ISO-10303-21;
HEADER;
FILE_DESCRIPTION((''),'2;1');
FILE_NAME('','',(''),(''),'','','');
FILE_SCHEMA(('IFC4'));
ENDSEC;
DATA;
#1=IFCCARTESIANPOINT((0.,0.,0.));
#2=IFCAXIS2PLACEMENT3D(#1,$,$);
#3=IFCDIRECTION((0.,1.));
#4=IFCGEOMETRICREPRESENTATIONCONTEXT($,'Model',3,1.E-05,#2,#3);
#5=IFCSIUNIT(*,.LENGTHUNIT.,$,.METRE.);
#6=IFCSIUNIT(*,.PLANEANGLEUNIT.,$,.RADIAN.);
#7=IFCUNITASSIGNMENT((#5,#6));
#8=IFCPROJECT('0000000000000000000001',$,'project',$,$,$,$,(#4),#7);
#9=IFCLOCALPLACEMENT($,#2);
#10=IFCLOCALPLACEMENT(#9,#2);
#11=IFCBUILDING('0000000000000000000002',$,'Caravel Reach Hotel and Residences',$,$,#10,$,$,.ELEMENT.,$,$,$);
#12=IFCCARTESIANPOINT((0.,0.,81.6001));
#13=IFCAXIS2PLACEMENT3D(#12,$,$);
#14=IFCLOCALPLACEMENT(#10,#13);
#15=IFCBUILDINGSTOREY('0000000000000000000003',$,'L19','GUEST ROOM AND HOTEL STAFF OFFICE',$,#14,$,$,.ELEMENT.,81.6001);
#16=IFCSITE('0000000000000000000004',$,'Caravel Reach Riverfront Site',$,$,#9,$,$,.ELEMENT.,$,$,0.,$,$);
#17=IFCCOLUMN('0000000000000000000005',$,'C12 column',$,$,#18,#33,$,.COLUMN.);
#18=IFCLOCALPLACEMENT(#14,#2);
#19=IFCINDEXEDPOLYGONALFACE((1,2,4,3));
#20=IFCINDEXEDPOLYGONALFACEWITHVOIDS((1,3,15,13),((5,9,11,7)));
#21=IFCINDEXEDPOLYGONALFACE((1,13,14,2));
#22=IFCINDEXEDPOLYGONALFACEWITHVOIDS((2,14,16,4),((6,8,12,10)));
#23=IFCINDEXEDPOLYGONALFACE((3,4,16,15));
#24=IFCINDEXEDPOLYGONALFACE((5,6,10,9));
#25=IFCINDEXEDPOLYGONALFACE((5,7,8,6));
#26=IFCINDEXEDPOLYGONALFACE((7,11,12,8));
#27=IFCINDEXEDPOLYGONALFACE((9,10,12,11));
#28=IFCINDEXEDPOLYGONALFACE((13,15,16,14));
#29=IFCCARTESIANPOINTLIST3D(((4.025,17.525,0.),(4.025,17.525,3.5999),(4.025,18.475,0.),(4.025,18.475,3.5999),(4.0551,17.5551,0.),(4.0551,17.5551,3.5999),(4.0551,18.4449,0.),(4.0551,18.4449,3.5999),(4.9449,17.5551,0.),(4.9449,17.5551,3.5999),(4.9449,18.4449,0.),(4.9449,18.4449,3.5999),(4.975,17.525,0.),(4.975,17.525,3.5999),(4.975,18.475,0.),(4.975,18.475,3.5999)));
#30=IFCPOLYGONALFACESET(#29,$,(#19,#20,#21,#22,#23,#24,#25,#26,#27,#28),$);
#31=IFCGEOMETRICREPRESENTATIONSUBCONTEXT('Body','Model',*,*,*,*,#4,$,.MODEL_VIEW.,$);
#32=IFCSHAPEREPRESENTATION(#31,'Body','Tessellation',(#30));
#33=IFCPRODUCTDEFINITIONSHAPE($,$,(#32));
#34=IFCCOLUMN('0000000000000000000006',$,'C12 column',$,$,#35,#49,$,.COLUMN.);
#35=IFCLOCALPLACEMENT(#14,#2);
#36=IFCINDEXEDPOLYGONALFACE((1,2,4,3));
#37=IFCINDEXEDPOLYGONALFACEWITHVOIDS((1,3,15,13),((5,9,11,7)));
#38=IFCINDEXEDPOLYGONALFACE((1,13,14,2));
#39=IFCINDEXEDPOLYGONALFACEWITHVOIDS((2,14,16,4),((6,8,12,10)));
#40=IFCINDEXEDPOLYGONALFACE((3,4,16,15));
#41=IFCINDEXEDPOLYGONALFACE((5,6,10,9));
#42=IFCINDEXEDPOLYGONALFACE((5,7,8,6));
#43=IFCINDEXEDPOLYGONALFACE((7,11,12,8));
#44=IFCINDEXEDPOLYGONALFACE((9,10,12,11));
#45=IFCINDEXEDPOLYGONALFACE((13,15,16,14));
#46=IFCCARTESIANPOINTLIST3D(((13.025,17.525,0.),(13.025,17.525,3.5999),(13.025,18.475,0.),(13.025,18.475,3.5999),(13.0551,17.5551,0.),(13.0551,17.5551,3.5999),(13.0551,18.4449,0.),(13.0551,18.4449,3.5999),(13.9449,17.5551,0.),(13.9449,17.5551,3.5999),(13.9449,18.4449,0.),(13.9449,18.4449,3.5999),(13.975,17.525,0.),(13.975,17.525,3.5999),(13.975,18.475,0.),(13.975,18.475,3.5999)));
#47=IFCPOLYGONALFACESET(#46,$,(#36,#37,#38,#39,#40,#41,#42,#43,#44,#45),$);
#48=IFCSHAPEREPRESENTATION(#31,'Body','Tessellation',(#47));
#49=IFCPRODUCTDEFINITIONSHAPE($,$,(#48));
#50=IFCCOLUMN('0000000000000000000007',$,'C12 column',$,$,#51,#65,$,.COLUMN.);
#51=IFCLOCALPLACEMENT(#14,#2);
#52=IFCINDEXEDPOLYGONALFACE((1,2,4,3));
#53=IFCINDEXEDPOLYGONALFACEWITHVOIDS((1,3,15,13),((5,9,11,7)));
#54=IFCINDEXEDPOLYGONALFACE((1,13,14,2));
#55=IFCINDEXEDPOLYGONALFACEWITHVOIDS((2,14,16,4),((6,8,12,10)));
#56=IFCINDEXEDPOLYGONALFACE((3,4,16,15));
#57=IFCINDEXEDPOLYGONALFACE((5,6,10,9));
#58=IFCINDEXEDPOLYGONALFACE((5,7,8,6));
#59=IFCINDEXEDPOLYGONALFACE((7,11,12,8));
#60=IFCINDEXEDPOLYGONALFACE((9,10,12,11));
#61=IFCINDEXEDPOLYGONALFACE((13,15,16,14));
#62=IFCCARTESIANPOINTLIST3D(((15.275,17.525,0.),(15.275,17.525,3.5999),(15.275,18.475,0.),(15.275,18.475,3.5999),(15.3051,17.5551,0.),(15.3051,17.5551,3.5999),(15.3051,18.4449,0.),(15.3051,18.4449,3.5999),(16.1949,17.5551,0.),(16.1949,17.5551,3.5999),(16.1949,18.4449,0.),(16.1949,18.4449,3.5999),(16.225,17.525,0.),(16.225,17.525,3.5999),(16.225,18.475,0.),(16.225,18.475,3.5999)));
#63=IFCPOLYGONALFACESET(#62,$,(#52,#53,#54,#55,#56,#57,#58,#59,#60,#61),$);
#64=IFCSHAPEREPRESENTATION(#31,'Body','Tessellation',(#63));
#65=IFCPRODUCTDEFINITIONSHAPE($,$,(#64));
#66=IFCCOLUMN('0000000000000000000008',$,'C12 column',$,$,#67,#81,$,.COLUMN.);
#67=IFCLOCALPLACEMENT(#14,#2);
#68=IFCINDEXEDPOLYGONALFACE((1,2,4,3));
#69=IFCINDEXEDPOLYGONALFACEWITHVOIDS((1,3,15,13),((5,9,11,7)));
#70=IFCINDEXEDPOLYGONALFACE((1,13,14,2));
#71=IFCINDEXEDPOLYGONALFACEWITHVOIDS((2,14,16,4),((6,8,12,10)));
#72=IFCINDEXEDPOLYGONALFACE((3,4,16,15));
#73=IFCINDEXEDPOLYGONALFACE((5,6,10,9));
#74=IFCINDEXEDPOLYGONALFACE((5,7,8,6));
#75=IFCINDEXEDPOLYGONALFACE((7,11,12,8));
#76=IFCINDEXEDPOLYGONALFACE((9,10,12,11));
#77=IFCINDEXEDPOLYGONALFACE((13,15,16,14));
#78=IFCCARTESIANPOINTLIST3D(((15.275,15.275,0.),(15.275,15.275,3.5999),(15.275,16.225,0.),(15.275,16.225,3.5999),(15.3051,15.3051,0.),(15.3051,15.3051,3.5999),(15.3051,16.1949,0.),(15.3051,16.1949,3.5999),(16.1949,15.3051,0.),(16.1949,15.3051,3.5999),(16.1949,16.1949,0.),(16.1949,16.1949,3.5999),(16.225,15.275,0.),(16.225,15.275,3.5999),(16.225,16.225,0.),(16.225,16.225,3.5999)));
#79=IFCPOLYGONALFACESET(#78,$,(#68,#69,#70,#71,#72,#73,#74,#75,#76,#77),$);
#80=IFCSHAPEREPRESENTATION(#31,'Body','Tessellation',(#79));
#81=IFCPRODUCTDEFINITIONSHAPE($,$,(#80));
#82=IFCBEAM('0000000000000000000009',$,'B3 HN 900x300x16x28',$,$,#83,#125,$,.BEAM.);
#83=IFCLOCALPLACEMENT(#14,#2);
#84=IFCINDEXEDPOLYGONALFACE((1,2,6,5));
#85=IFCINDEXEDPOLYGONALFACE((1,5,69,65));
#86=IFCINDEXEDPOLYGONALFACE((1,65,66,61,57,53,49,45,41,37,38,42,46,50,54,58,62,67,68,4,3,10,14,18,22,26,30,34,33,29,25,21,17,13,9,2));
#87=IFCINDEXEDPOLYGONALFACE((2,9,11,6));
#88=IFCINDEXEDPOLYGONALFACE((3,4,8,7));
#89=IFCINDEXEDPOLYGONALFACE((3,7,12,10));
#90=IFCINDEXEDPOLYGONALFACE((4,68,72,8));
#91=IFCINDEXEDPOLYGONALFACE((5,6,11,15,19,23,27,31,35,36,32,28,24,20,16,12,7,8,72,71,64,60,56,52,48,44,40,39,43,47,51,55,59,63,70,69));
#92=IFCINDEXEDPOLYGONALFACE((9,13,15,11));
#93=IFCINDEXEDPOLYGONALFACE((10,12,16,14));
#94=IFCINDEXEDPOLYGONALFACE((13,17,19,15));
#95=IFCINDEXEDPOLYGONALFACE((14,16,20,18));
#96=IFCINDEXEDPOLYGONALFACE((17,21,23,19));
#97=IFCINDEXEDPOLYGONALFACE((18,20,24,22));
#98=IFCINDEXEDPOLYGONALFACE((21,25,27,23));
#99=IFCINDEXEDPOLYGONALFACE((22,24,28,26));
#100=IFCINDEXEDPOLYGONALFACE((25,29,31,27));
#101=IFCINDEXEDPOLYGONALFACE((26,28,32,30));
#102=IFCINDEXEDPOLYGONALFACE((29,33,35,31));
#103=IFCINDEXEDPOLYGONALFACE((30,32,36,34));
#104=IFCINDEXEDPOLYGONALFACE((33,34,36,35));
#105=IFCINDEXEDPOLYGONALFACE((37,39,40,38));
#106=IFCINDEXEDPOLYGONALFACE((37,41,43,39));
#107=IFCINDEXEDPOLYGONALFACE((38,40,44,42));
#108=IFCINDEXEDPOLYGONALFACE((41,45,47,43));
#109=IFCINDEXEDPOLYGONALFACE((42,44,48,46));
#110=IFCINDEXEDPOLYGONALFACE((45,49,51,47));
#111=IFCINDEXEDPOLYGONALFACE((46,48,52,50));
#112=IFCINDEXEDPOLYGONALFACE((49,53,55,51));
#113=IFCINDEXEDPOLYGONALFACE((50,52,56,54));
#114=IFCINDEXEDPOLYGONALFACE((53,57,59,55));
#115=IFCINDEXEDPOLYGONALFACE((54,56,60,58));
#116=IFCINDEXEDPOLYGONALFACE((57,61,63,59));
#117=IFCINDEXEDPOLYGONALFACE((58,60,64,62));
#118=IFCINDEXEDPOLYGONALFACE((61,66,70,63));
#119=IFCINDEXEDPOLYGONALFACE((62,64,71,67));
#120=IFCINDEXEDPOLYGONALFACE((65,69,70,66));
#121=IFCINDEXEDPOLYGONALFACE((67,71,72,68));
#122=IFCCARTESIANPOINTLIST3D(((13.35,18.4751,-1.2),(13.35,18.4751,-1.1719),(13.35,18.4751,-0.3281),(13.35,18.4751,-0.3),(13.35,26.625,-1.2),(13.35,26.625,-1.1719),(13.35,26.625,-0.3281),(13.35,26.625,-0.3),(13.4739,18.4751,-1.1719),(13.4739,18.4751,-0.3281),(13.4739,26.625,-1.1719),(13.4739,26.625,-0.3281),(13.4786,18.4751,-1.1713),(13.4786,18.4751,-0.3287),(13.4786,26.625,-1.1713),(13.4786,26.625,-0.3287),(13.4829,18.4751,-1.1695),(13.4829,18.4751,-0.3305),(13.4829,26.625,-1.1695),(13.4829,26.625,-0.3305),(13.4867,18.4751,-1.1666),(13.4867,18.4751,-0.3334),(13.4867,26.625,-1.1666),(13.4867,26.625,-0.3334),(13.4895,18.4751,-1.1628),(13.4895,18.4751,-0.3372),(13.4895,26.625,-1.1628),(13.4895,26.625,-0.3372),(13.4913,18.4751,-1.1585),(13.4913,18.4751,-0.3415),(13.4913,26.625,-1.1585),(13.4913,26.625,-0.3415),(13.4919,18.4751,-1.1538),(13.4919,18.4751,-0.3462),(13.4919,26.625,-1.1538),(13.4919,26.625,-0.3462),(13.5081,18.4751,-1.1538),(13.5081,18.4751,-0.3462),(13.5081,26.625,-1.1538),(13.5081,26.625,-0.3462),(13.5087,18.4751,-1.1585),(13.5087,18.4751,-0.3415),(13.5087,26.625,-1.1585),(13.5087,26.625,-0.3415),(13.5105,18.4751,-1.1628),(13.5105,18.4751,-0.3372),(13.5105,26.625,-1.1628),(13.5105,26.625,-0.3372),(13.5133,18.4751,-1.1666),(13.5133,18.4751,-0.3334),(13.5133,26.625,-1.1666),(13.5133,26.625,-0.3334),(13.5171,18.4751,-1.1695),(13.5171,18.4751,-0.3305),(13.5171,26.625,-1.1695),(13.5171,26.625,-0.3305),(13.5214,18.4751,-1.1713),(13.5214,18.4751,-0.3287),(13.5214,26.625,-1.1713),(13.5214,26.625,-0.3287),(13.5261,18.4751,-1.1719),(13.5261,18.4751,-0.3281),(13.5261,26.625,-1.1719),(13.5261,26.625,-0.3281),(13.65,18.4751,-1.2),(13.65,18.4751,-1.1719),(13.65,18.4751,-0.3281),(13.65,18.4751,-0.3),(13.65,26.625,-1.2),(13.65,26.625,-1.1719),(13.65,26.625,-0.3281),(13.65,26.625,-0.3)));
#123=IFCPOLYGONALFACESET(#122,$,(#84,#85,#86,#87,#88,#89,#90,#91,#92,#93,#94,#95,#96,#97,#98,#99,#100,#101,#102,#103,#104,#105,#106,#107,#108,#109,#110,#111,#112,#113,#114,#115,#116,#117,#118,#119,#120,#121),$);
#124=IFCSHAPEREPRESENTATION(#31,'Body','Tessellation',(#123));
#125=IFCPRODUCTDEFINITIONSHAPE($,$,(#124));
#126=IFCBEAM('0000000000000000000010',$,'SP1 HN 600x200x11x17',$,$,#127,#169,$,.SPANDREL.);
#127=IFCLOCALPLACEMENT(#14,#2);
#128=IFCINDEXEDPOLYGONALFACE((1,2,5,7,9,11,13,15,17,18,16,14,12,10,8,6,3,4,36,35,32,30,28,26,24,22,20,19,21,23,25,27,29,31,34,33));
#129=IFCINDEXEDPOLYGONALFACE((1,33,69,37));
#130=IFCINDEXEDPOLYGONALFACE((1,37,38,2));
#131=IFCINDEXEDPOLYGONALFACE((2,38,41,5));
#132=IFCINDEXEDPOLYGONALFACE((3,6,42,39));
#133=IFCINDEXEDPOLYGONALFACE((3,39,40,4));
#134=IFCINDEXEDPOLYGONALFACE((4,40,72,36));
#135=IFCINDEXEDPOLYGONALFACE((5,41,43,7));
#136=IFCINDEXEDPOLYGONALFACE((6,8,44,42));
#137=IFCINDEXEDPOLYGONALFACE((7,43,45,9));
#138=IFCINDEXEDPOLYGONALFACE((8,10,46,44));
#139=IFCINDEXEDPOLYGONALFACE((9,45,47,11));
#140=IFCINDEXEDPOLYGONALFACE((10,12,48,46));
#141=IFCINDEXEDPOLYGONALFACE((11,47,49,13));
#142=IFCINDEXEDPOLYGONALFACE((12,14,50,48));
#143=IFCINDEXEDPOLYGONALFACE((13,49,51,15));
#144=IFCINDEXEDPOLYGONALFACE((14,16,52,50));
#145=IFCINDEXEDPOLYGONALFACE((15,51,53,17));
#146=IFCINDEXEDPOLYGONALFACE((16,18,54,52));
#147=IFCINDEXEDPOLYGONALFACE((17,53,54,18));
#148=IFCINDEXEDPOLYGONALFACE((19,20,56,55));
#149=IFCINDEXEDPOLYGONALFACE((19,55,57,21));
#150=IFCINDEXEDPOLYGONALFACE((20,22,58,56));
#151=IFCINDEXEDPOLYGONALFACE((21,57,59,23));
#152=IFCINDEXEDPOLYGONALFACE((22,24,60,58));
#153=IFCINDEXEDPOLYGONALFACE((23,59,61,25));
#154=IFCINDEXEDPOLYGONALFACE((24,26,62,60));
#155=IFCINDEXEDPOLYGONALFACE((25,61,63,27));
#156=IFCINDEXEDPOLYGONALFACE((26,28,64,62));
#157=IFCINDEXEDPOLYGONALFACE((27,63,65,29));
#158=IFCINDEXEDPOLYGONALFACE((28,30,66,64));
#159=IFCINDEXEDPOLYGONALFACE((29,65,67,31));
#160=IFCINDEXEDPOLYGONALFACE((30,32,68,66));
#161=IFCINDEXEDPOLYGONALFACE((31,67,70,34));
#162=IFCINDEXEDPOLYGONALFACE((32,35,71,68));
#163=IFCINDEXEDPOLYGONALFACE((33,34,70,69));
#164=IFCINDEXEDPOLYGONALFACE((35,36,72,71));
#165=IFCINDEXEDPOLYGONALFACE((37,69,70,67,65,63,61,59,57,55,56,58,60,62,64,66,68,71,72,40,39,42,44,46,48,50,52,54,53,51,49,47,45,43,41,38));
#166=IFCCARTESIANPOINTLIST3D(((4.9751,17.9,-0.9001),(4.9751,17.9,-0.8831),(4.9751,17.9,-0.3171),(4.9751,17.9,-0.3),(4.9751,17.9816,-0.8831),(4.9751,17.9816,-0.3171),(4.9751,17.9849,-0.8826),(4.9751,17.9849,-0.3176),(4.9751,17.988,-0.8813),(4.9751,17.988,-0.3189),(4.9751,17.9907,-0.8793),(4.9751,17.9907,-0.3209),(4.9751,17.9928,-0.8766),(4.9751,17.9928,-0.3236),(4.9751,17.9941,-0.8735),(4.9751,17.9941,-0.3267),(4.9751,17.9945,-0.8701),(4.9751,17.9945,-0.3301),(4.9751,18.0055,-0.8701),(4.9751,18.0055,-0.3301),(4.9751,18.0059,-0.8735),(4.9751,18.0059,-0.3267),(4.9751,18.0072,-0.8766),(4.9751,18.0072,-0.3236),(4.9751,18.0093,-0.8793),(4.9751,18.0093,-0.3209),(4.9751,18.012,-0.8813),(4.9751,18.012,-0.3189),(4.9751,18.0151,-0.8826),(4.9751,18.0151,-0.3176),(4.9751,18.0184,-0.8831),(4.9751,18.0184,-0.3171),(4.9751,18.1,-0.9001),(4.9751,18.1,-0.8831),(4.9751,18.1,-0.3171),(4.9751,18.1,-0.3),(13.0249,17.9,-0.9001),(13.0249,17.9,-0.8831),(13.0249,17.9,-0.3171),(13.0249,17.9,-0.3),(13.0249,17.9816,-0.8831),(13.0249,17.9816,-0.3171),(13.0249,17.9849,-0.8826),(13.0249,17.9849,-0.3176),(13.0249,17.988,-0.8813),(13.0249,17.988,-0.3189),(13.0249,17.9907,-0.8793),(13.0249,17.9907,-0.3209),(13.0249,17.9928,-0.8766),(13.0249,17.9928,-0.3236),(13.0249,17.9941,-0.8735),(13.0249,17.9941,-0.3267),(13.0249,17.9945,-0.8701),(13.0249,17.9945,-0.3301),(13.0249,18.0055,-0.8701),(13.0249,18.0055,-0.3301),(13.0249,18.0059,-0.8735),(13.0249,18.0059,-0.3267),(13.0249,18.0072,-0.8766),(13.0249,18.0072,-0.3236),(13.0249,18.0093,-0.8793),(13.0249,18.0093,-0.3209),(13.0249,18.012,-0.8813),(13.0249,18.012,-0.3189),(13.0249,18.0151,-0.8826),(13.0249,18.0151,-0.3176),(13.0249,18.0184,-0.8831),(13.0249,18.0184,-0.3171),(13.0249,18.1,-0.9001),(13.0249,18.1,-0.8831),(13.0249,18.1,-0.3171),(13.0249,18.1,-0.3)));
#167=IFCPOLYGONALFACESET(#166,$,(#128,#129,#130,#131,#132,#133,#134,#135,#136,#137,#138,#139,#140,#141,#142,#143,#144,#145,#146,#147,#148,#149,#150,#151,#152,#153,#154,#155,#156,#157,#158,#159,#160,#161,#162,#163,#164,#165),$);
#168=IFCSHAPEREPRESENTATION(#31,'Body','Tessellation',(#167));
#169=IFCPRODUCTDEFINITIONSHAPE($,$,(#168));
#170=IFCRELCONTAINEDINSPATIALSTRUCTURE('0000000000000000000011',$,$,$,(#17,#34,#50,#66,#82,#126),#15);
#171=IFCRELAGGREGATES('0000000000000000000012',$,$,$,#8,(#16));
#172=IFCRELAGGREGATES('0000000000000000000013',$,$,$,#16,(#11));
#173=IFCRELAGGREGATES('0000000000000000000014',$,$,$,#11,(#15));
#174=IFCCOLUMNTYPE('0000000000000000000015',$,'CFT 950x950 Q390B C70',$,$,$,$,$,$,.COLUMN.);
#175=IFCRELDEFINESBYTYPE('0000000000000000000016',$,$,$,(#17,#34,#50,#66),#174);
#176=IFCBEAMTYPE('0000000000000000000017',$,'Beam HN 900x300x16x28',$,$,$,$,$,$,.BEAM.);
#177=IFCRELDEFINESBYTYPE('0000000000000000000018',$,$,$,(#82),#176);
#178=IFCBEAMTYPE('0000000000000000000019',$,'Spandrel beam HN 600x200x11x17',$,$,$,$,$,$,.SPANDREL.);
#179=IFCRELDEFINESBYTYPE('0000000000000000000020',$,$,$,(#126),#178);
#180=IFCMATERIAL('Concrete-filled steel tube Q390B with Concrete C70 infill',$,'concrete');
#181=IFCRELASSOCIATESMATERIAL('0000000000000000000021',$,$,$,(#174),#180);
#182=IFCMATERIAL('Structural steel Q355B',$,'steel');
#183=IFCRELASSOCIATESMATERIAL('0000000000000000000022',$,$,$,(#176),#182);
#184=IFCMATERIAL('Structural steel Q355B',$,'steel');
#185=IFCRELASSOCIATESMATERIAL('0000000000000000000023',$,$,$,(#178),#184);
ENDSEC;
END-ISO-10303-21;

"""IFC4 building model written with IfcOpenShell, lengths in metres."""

from ifc_helpers import new_model, si_unit, direction, frame, origin, origin_2d, place, context, subcontext, project, spatial, hollow_rectangle, i_section, extrude, material, material_profile, profile_set, type_object, element, save


model = new_model("IFC4")

# Units and contexts
model_context = context("Model", 3, precision=1e-05, world=origin(), true_north=direction((0.0, 1.0)))
body_context = subcontext(model_context, "Body", "Model", "MODEL_VIEW")
ifc_project = project(units=[si_unit("LENGTHUNIT", "METRE"), si_unit("PLANEANGLEUNIT", "RADIAN")], contexts=[model_context])

# Site, building, storey
site_placement = place(None, origin())
site = spatial("IfcSite", under=ifc_project, at=site_placement, Name="Caravel Reach Riverfront Site", CompositionType="ELEMENT", RefElevation=0.0)
building_placement = place(site_placement, origin())
building = spatial("IfcBuilding", under=site, at=building_placement, Name="Caravel Reach Hotel and Residences", CompositionType="ELEMENT")
storey_placement = place(building_placement, frame((0.0, 0.0, 81.6001)))
storey = spatial("IfcBuildingStorey", under=building, at=storey_placement, Name="L19", Description="GUEST ROOM AND HOTEL STAFF OFFICE", CompositionType="ELEMENT", Elevation=81.6001)

# Columns
ifc_material_1 = material(Name="Concrete-filled steel tube Q390B with Concrete C70 infill", Category="concrete")
ifc_material_profile_1 = material_profile(ifc_material_1, hollow_rectangle(XDim=0.95, YDim=0.95, WallThickness=0.03, at=origin_2d()), Name="RHS 950x950x30")
ifc_profile_set_1 = profile_set([ifc_material_profile_1], Name="Concrete-filled steel tube Q390B with Concrete C70 infill")
column_type = type_object("IfcColumnType", Name="CFT 950x950 Q390B C70", PredefinedType="COLUMN", material=ifc_profile_set_1)
for number, where, z_axis, x_axis, name in (
    (1, (4.5, 18.0, 0.0), (0.0, 0.0, 1.0), (1.0, 0.0, 0.0), "C12 column"),
    (2, (13.5, 18.0, 0.0), (0.0, 0.0, 1.0), (1.0, 0.0, 0.0), "C12 column"),
    (3, (15.75, 18.0, 0.0), (0.0, 0.0, 1.0), (1.0, 0.0, 0.0), "C12 column"),
    (4, (15.75, 15.75, 0.0), (0.0, 0.0, 1.0), (1.0, 0.0, 0.0), "C12 column"),
):
    element("IfcColumn", number, at=place(storey_placement, frame(where, z_axis=z_axis, x_axis=x_axis)), inside=storey, type_object=column_type, Name=name, PredefinedType="COLUMN", context=body_context, shape_type="SweptSolid", body=[
        extrude(hollow_rectangle(XDim=0.95, YDim=0.95, WallThickness=0.03, at=origin_2d()), origin(), (0.0, 0.0, 1.0), 3.5999),
    ])

# Beams
ifc_material_2 = material(Name="Structural steel Q355B", Category="steel")
ifc_material_profile_2 = material_profile(ifc_material_2, i_section(OverallWidth=0.3, OverallDepth=0.8999, WebThickness=0.0161, FlangeThickness=0.0281, FilletRadius=0.0181, at=origin_2d()), Name="HN 900x300x16x28")
ifc_profile_set_2 = profile_set([ifc_material_profile_2], Name="Structural steel Q355B")
beam_type_1 = type_object("IfcBeamType", Name="Beam HN 900x300x16x28", PredefinedType="BEAM", material=ifc_profile_set_2)
beam_1_placement = place(storey_placement, frame((13.5, 18.4751, -0.75), z_axis=(0.0, 1.0, 0.0), x_axis=(-1.0, 0.0, 0.0)))
element("IfcBeam", 5, at=beam_1_placement, inside=storey, type_object=beam_type_1, Name="B3 HN 900x300x16x28", PredefinedType="BEAM", context=body_context, shape_type="SweptSolid", body=[
    extrude(i_section(OverallWidth=0.3, OverallDepth=0.8999, WebThickness=0.0161, FlangeThickness=0.0281, FilletRadius=0.0181, at=origin_2d()), origin(), (0.0, 0.0, 1.0), 8.1499),
])
ifc_material_3 = material(Name="Structural steel Q355B", Category="steel")
ifc_material_profile_3 = material_profile(ifc_material_3, i_section(OverallWidth=0.2, OverallDepth=0.6001, WebThickness=0.011, FlangeThickness=0.0171, FilletRadius=0.0129, at=origin_2d()), Name="HN 600x200x11x17")
ifc_profile_set_3 = profile_set([ifc_material_profile_3], Name="Structural steel Q355B")
beam_type_2 = type_object("IfcBeamType", Name="Spandrel beam HN 600x200x11x17", PredefinedType="SPANDREL", material=ifc_profile_set_3)
beam_2_placement = place(storey_placement, frame((4.9751, 18.0, -0.6001), z_axis=(1.0, 0.0, 0.0), x_axis=(0.0, 1.0, 0.0)))
element("IfcBeam", 6, at=beam_2_placement, inside=storey, type_object=beam_type_2, Name="SP1 HN 600x200x11x17", PredefinedType="SPANDREL", context=body_context, shape_type="SweptSolid", body=[
    extrude(i_section(OverallWidth=0.2, OverallDepth=0.6001, WebThickness=0.011, FlangeThickness=0.0171, FilletRadius=0.0129, at=origin_2d()), origin(), (0.0, 0.0, 1.0), 8.0498),
])

save(model, "model.ifc")
